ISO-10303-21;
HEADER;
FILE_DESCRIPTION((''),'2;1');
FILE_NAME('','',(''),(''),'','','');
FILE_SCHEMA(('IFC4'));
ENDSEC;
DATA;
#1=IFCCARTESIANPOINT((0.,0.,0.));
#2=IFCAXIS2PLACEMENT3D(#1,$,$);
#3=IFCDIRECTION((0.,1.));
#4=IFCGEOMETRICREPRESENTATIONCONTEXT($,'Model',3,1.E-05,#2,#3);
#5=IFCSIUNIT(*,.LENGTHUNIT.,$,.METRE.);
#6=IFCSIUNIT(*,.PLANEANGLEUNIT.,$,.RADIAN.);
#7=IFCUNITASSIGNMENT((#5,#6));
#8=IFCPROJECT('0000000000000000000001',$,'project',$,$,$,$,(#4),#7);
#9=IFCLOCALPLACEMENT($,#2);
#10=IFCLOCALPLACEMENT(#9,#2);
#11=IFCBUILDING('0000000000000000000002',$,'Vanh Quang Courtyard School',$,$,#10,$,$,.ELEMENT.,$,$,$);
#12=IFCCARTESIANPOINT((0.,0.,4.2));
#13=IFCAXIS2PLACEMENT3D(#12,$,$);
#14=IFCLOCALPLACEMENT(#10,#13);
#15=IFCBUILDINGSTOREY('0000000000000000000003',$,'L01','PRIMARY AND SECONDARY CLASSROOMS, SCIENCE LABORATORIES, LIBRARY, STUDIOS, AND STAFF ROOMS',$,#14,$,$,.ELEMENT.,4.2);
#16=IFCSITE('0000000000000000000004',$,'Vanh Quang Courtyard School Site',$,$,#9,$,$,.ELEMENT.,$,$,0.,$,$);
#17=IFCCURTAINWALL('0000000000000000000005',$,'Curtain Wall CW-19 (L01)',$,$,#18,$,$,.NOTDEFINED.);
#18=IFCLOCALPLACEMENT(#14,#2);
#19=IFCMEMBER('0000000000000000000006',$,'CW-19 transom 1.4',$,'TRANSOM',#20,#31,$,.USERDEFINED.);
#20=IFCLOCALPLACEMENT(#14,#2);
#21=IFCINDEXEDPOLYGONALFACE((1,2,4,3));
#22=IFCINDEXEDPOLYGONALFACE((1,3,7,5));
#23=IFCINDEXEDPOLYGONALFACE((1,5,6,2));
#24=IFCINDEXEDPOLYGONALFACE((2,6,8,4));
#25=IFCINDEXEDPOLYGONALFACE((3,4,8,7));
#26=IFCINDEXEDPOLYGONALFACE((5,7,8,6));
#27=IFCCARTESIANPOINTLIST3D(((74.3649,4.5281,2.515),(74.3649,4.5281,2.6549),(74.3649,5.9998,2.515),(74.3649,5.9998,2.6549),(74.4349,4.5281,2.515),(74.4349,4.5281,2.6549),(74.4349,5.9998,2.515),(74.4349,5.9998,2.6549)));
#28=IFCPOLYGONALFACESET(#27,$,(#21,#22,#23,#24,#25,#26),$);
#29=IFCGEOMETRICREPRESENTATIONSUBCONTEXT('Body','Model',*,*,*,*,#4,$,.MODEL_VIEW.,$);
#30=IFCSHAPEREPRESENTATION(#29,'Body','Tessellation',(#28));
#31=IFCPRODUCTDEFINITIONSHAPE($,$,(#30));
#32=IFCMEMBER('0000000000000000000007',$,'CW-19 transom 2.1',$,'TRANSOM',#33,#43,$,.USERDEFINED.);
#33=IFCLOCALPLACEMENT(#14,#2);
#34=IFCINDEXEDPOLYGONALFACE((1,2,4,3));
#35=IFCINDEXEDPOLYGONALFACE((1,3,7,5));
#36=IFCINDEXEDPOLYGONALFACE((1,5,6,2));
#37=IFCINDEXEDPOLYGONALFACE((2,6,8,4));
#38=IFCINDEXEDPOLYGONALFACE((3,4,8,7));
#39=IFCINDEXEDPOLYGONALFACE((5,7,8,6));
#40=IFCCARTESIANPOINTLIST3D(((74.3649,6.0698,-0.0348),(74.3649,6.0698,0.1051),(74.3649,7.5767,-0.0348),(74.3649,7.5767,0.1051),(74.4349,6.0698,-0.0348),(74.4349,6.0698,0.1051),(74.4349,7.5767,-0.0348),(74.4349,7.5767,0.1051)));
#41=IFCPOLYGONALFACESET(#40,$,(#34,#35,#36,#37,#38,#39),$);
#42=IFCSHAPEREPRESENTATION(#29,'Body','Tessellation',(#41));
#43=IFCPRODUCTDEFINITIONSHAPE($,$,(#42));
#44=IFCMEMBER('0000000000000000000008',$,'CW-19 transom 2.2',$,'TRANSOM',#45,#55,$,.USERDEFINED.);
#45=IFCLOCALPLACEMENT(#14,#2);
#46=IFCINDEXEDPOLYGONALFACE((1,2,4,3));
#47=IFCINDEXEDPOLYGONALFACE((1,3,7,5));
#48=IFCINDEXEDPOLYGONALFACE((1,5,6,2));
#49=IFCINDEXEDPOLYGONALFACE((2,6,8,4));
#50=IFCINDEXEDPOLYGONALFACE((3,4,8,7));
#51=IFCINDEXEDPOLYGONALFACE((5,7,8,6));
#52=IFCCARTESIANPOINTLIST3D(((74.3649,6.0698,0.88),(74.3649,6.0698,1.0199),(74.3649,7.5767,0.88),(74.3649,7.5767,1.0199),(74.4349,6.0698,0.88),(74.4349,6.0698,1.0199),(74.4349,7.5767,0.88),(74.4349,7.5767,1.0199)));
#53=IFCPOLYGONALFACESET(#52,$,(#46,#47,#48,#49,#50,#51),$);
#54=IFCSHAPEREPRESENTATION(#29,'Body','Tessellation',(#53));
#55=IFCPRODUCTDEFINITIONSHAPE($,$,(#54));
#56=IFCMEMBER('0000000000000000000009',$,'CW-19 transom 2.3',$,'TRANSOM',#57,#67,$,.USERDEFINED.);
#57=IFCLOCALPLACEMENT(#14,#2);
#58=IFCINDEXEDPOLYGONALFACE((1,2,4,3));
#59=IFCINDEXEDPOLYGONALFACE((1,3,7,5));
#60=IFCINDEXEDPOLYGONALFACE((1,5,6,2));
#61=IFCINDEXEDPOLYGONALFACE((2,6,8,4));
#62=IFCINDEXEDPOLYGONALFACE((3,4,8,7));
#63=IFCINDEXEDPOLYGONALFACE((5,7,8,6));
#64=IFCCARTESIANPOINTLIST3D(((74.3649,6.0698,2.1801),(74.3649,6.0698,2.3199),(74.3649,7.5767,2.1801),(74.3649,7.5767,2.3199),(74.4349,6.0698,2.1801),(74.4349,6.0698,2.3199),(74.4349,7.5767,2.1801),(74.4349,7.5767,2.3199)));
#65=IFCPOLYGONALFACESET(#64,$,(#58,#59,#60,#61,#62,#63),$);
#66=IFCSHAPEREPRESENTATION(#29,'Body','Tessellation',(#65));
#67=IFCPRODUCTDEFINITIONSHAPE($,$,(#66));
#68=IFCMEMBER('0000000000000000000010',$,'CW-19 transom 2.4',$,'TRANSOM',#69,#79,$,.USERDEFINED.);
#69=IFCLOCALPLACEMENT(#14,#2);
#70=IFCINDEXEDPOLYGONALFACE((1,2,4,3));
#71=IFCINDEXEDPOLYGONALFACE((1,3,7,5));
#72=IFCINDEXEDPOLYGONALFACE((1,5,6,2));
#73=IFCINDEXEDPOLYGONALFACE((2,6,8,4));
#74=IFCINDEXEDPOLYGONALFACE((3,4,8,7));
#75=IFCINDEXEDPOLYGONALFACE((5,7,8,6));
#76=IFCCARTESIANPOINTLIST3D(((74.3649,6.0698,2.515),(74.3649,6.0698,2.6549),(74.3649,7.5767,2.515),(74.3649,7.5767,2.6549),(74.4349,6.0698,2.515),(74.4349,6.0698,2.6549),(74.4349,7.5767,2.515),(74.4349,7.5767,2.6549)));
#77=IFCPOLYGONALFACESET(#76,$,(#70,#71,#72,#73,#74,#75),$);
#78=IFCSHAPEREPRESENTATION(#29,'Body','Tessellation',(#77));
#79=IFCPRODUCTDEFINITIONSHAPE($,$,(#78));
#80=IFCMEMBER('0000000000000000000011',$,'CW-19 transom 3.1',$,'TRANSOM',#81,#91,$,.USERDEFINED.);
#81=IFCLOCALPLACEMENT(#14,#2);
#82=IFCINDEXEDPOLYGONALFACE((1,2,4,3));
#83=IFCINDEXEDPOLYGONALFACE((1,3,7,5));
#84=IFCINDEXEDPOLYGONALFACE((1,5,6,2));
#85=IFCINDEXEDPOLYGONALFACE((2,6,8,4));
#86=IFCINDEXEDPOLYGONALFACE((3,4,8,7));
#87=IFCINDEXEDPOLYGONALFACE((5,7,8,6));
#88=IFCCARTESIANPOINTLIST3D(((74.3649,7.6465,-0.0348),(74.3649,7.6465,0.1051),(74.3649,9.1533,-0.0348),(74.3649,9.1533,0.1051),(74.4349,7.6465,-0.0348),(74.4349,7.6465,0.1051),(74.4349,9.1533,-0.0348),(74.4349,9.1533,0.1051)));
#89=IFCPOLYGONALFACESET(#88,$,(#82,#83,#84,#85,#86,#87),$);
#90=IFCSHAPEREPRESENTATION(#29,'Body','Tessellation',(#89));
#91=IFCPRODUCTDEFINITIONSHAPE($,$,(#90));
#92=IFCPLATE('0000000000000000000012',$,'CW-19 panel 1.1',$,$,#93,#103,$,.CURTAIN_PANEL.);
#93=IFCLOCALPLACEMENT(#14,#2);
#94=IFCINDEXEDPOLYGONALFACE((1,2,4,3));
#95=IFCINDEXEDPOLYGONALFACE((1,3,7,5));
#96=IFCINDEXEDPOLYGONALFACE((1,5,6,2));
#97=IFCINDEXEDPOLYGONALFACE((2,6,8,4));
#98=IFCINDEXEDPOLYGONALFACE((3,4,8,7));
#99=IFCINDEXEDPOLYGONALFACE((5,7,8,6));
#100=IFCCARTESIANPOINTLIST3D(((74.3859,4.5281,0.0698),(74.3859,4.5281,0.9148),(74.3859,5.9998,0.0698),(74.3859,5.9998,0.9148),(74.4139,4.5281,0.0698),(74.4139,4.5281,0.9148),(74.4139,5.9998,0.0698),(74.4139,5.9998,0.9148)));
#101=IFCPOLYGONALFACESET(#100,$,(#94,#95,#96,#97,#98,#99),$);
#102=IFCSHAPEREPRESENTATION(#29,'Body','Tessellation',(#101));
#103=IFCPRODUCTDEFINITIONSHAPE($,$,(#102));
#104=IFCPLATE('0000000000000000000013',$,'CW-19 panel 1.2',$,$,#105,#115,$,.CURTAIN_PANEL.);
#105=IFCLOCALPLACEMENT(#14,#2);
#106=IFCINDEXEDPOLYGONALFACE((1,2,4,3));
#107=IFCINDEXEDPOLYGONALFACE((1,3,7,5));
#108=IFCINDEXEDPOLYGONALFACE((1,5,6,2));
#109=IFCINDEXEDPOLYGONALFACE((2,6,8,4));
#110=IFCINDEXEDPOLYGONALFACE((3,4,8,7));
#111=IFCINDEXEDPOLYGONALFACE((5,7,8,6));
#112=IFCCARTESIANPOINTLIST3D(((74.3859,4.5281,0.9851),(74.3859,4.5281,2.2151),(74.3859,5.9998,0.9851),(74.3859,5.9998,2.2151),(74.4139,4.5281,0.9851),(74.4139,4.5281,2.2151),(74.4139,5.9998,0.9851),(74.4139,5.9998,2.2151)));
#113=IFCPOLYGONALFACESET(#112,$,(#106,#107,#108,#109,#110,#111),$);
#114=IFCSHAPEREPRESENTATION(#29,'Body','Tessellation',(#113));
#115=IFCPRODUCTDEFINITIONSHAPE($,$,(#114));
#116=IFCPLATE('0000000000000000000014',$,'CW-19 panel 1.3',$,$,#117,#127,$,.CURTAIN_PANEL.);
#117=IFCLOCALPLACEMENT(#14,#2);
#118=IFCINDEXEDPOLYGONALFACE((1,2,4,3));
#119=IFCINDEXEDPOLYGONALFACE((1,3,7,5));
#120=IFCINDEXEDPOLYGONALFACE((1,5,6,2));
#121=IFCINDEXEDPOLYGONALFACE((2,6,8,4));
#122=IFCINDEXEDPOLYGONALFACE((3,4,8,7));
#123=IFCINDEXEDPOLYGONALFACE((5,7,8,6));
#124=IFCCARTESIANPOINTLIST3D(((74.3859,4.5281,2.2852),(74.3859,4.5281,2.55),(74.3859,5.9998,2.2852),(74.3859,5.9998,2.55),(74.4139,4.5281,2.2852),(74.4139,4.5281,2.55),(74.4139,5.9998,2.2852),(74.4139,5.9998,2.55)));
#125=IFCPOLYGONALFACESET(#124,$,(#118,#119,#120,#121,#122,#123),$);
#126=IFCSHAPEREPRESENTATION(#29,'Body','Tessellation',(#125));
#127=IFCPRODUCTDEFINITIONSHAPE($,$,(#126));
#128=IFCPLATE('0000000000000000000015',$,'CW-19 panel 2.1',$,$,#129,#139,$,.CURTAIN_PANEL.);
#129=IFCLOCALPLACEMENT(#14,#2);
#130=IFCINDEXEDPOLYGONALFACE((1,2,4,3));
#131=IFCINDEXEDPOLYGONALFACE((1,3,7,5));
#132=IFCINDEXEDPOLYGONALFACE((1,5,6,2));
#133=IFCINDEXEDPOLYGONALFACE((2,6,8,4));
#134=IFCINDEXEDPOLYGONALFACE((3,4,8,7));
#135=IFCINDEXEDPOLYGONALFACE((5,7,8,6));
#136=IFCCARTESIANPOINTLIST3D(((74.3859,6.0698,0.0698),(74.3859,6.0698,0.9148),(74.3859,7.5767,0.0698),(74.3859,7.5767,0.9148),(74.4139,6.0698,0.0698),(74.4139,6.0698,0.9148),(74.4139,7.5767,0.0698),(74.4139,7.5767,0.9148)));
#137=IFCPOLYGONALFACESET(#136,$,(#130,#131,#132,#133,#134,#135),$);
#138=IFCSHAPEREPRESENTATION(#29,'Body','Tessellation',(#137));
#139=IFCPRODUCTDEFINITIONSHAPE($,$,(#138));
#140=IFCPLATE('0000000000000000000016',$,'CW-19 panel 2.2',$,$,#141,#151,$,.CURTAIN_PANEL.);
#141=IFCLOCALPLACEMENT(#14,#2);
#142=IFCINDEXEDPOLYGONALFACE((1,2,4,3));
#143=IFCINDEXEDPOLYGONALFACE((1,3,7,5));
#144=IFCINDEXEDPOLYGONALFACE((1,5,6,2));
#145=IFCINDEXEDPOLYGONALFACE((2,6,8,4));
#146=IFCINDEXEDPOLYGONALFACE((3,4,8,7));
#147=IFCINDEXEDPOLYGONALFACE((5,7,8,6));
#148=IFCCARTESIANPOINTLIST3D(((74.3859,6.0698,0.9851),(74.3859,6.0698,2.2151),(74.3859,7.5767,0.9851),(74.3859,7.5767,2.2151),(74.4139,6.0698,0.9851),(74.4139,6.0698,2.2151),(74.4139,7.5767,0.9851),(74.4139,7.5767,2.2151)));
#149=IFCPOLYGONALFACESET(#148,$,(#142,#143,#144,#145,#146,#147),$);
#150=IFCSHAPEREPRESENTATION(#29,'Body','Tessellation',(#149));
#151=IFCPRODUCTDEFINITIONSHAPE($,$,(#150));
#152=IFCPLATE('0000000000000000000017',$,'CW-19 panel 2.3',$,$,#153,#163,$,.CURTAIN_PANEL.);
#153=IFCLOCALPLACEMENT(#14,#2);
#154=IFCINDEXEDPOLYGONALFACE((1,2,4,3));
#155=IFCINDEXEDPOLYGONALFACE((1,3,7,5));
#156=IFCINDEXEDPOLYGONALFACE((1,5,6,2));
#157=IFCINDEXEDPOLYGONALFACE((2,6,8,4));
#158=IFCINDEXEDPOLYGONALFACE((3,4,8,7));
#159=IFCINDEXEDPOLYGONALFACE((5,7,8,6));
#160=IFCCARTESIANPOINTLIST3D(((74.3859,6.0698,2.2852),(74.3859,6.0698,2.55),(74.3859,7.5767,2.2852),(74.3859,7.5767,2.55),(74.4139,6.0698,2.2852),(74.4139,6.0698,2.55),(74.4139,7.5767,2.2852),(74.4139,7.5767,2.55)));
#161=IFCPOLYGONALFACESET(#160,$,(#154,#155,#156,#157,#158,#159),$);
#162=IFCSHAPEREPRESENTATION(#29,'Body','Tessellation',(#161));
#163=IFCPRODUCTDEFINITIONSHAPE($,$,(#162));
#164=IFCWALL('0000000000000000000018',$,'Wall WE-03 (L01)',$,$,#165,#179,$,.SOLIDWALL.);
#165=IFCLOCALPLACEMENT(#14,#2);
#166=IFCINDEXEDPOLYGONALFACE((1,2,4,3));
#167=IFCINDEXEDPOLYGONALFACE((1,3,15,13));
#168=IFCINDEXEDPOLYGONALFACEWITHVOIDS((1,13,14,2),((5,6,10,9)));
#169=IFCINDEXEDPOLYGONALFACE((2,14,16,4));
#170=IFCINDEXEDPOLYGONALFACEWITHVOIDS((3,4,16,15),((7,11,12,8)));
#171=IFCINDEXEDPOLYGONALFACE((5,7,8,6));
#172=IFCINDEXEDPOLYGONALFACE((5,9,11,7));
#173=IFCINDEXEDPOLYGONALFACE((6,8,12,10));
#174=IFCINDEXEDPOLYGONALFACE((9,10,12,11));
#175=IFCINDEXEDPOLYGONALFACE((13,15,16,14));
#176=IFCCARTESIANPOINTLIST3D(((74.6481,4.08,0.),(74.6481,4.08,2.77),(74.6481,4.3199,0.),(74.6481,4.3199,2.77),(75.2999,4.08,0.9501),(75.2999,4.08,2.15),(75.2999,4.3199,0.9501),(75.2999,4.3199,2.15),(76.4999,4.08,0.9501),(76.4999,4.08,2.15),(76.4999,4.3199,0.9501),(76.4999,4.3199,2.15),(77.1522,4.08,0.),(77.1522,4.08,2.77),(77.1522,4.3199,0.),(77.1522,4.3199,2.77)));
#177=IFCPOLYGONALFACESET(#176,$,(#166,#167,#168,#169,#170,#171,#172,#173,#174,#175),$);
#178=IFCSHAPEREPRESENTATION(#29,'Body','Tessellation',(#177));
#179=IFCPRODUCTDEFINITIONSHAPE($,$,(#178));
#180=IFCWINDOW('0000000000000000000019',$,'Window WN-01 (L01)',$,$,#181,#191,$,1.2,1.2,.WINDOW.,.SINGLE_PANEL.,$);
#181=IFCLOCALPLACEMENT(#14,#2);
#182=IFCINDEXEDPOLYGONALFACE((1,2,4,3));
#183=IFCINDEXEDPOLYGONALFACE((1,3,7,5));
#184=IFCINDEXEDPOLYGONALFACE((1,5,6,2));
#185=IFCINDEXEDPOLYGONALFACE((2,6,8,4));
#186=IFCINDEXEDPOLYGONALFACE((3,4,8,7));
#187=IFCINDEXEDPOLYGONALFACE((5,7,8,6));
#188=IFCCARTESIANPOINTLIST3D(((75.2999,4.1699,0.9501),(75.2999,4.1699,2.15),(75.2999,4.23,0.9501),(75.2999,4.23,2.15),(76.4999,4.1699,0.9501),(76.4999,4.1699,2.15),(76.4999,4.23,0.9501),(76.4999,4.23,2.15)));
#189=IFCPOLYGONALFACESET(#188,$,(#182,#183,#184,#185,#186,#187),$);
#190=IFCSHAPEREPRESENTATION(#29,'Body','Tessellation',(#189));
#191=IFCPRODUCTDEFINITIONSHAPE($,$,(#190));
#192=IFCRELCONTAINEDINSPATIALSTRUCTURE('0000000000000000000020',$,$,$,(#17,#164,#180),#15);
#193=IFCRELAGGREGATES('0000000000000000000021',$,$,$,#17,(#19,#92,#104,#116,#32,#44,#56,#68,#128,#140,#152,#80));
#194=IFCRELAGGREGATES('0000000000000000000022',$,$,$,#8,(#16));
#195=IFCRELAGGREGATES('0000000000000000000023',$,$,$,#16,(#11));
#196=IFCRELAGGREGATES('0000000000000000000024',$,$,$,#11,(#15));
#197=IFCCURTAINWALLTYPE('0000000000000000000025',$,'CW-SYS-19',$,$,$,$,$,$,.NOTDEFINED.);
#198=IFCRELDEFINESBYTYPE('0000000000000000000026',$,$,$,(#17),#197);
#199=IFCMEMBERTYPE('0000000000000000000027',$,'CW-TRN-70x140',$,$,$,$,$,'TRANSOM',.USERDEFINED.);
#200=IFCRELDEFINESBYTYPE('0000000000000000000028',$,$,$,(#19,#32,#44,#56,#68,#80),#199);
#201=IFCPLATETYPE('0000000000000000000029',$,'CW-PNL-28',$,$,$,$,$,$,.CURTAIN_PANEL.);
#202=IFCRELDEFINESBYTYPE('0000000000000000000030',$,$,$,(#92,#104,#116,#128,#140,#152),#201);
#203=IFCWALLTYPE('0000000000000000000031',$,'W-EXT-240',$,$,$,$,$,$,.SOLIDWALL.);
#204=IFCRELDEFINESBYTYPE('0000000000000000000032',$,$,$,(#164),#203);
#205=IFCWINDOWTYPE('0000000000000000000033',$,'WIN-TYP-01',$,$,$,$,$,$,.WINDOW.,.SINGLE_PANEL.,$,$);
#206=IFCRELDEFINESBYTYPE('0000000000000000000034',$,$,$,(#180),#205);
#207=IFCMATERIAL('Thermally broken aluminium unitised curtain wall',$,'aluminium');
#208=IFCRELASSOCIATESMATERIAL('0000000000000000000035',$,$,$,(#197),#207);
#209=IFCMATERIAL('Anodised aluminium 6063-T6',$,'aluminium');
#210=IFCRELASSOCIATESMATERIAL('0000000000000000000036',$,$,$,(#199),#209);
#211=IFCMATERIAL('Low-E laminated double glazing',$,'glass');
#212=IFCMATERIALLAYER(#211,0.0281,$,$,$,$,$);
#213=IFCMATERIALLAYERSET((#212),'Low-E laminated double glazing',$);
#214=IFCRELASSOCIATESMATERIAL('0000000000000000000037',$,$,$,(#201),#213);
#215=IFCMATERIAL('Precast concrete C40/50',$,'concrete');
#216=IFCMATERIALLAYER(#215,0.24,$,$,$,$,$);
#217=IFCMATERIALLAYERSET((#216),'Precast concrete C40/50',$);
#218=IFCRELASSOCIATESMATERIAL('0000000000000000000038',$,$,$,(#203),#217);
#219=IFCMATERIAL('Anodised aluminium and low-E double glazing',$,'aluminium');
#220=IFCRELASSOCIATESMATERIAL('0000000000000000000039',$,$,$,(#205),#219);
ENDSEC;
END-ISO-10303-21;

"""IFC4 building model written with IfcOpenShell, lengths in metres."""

from ifc_helpers import new_model, si_unit, direction, frame, frame_2d, origin, origin_2d, place, context, subcontext, project, spatial, rectangle, extrude, material, layer, layer_set, material_profile, profile_set, type_object, element, fill, aggregate, save


model = new_model("IFC4")

# Units and contexts
model_context = context("Model", 3, precision=1e-05, world=origin(), true_north=direction((0.0, 1.0)))
body_context = subcontext(model_context, "Body", "Model", "MODEL_VIEW")
ifc_project = project(units=[si_unit("LENGTHUNIT", "METRE"), si_unit("PLANEANGLEUNIT", "RADIAN")], contexts=[model_context])

# Site, building, storey
site_placement = place(None, origin())
site = spatial("IfcSite", under=ifc_project, at=site_placement, Name="Vanh Quang Courtyard School Site", CompositionType="ELEMENT", RefElevation=0.0)
building_placement = place(site_placement, origin())
building = spatial("IfcBuilding", under=site, at=building_placement, Name="Vanh Quang Courtyard School", CompositionType="ELEMENT")
storey_placement = place(building_placement, frame((0.0, 0.0, 4.2)))
storey = spatial("IfcBuildingStorey", under=building, at=storey_placement, Name="L01", Description="PRIMARY AND SECONDARY CLASSROOMS, SCIENCE LABORATORIES, LIBRARY, STUDIOS, AND STAFF ROOMS", CompositionType="ELEMENT", Elevation=4.2)

# Curtain wall, members, plates
ifc_material_1 = material(Name="Thermally broken aluminium unitised curtain wall", Category="aluminium")
curtain_wall_type = type_object("IfcCurtainWallType", Name="CW-SYS-19", PredefinedType="NOTDEFINED", material=ifc_material_1)
curtain_wall_placement = place(storey_placement, origin())
curtain_wall = element("IfcCurtainWall", 1, at=curtain_wall_placement, inside=storey, type_object=curtain_wall_type, Name="Curtain Wall CW-19 (L01)", PredefinedType="NOTDEFINED")
ifc_material_2 = material(Name="Anodised aluminium 6063-T6", Category="aluminium")
ifc_material_profile_1 = material_profile(ifc_material_2, rectangle(XDim=0.0701, YDim=0.1399, at=origin_2d()), Name="ALU-TRN 70x140")
ifc_profile_set_1 = profile_set([ifc_material_profile_1], Name="Anodised aluminium 6063-T6")
member_type_1 = type_object("IfcMemberType", Name="CW-TRN-70x140", ElementType="TRANSOM", PredefinedType="USERDEFINED", material=ifc_profile_set_1)
member_1_placement = place(storey_placement, frame((74.3999, 4.5281, 2.585), z_axis=(0.0, 1.0, 0.0), x_axis=(-1.0, 0.0, 0.0)))
member_1 = element("IfcMember", 2, at=member_1_placement, type_object=member_type_1, Name="CW-19 transom 1.4", ObjectType="TRANSOM", PredefinedType="USERDEFINED", context=body_context, shape_type="SweptSolid", body=[
    extrude(rectangle(XDim=0.0701, YDim=0.1399, at=origin_2d()), origin(), (0.0, 0.0, 1.0), 1.4717),
])
member_2_placement = place(storey_placement, frame((74.3999, 6.0698, 0.0352), z_axis=(0.0, 1.0, 0.0), x_axis=(-1.0, 0.0, 0.0)))
member_2 = element("IfcMember", 3, at=member_2_placement, type_object=member_type_1, Name="CW-19 transom 2.1", ObjectType="TRANSOM", PredefinedType="USERDEFINED", context=body_context, shape_type="SweptSolid", body=[
    extrude(rectangle(XDim=0.0701, YDim=0.1399, at=origin_2d()), origin(), (0.0, 0.0, 1.0), 1.5068),
])
member_3_placement = place(storey_placement, frame((74.3999, 6.0698, 0.95), z_axis=(0.0, 1.0, 0.0), x_axis=(-1.0, 0.0, 0.0)))
member_3 = element("IfcMember", 4, at=member_3_placement, type_object=member_type_1, Name="CW-19 transom 2.2", ObjectType="TRANSOM", PredefinedType="USERDEFINED", context=body_context, shape_type="SweptSolid", body=[
    extrude(rectangle(XDim=0.0701, YDim=0.1399, at=origin_2d()), origin(), (0.0, 0.0, 1.0), 1.5068),
])
member_4_placement = place(storey_placement, frame((74.3999, 6.0698, 2.25), z_axis=(0.0, 1.0, 0.0), x_axis=(-1.0, 0.0, 0.0)))
member_4 = element("IfcMember", 5, at=member_4_placement, type_object=member_type_1, Name="CW-19 transom 2.3", ObjectType="TRANSOM", PredefinedType="USERDEFINED", context=body_context, shape_type="SweptSolid", body=[
    extrude(rectangle(XDim=0.0701, YDim=0.1399, at=origin_2d()), origin(), (0.0, 0.0, 1.0), 1.5068),
])
member_5_placement = place(storey_placement, frame((74.3999, 6.0698, 2.585), z_axis=(0.0, 1.0, 0.0), x_axis=(-1.0, 0.0, 0.0)))
member_5 = element("IfcMember", 6, at=member_5_placement, type_object=member_type_1, Name="CW-19 transom 2.4", ObjectType="TRANSOM", PredefinedType="USERDEFINED", context=body_context, shape_type="SweptSolid", body=[
    extrude(rectangle(XDim=0.0701, YDim=0.1399, at=origin_2d()), origin(), (0.0, 0.0, 1.0), 1.5068),
])
member_6_placement = place(storey_placement, frame((74.3999, 7.6465, 0.0352), z_axis=(0.0, 1.0, 0.0), x_axis=(-1.0, 0.0, 0.0)))
member_6 = element("IfcMember", 7, at=member_6_placement, type_object=member_type_1, Name="CW-19 transom 3.1", ObjectType="TRANSOM", PredefinedType="USERDEFINED", context=body_context, shape_type="SweptSolid", body=[
    extrude(rectangle(XDim=0.0701, YDim=0.1399, at=origin_2d()), origin(), (0.0, 0.0, 1.0), 1.5068),
])
ifc_material_3 = material(Name="Low-E laminated double glazing", Category="glass")
ifc_layer_1 = layer(ifc_material_3, 0.0281)
ifc_layer_set_1 = layer_set([ifc_layer_1], Name="Low-E laminated double glazing")
plate_type = type_object("IfcPlateType", Name="CW-PNL-28", PredefinedType="CURTAIN_PANEL", material=ifc_layer_set_1)
plate_1_placement = place(storey_placement, frame((74.3999, 5.2639, 0.0698), z_axis=(0.0, 0.0, 1.0), x_axis=(0.0, 1.0, 0.0)))
plate_1 = element("IfcPlate", 8, at=plate_1_placement, type_object=plate_type, Name="CW-19 panel 1.1", PredefinedType="CURTAIN_PANEL", context=body_context, shape_type="SweptSolid", body=[
    extrude(rectangle(XDim=1.4717, YDim=0.0281, at=origin_2d()), origin(), (0.0, 0.0, 1.0), 0.845),
])
plate_2_placement = place(storey_placement, frame((74.3999, 5.2639, 0.9851), z_axis=(0.0, 0.0, 1.0), x_axis=(0.0, 1.0, 0.0)))
plate_2 = element("IfcPlate", 9, at=plate_2_placement, type_object=plate_type, Name="CW-19 panel 1.2", PredefinedType="CURTAIN_PANEL", context=body_context, shape_type="SweptSolid", body=[
    extrude(rectangle(XDim=1.4717, YDim=0.0281, at=origin_2d()), origin(), (0.0, 0.0, 1.0), 1.23),
])
plate_3_placement = place(storey_placement, frame((74.3999, 5.2639, 2.2852), z_axis=(0.0, 0.0, 1.0), x_axis=(0.0, 1.0, 0.0)))
plate_3 = element("IfcPlate", 10, at=plate_3_placement, type_object=plate_type, Name="CW-19 panel 1.3", PredefinedType="CURTAIN_PANEL", context=body_context, shape_type="SweptSolid", body=[
    extrude(rectangle(XDim=1.4717, YDim=0.0281, at=origin_2d()), origin(), (0.0, 0.0, 1.0), 0.2649),
])
plate_4_placement = place(storey_placement, frame((74.3999, 6.8232, 0.0698), z_axis=(0.0, 0.0, 1.0), x_axis=(0.0, 1.0, 0.0)))
plate_4 = element("IfcPlate", 11, at=plate_4_placement, type_object=plate_type, Name="CW-19 panel 2.1", PredefinedType="CURTAIN_PANEL", context=body_context, shape_type="SweptSolid", body=[
    extrude(rectangle(XDim=1.5068, YDim=0.0281, at=origin_2d()), origin(), (0.0, 0.0, 1.0), 0.845),
])
plate_5_placement = place(storey_placement, frame((74.3999, 6.8232, 0.9851), z_axis=(0.0, 0.0, 1.0), x_axis=(0.0, 1.0, 0.0)))
plate_5 = element("IfcPlate", 12, at=plate_5_placement, type_object=plate_type, Name="CW-19 panel 2.2", PredefinedType="CURTAIN_PANEL", context=body_context, shape_type="SweptSolid", body=[
    extrude(rectangle(XDim=1.5068, YDim=0.0281, at=origin_2d()), origin(), (0.0, 0.0, 1.0), 1.23),
])
plate_6_placement = place(storey_placement, frame((74.3999, 6.8232, 2.2852), z_axis=(0.0, 0.0, 1.0), x_axis=(0.0, 1.0, 0.0)))
plate_6 = element("IfcPlate", 13, at=plate_6_placement, type_object=plate_type, Name="CW-19 panel 2.3", PredefinedType="CURTAIN_PANEL", context=body_context, shape_type="SweptSolid", body=[
    extrude(rectangle(XDim=1.5068, YDim=0.0281, at=origin_2d()), origin(), (0.0, 0.0, 1.0), 0.2649),
])
aggregate(curtain_wall, [member_1, plate_1, plate_2, plate_3, member_2, member_3, member_4, member_5, plate_4, plate_5, plate_6, member_6])

# Wall, opening, window
ifc_material_4 = material(Name="Precast concrete C40/50", Category="concrete")
ifc_layer_2 = layer(ifc_material_4, 0.24)
ifc_layer_set_2 = layer_set([ifc_layer_2], Name="Precast concrete C40/50")
wall_type = type_object("IfcWallType", Name="W-EXT-240", PredefinedType="SOLIDWALL", material=ifc_layer_set_2)
wall_placement = place(storey_placement, frame((77.1521, 4.2, 0.0), z_axis=(0.0, 0.0, 1.0), x_axis=(-1.0, 0.0, 0.0)))
wall = element("IfcWall", 14, at=wall_placement, inside=storey, type_object=wall_type, Name="Wall WE-03 (L01)", PredefinedType="SOLIDWALL", context=body_context, shape_type="SweptSolid", body=[
    extrude(rectangle(XDim=2.5042, YDim=0.24, at=frame_2d((1.252, 0.0))), origin(), (0.0, 0.0, 1.0), 2.77),
])
opening_placement = place(wall_placement, frame((0.6521, 0.0, 0.95)))
opening = element("IfcOpeningElement", 15, at=opening_placement, cuts=wall, PredefinedType="OPENING", context=body_context, shape_type="SweptSolid", body=[
    extrude(rectangle(XDim=1.2, YDim=1.2, at=frame_2d((0.6001, 0.6001))), frame((0.0, 0.1299, 0.0), z_axis=(0.0, -1.0, 0.0), x_axis=(1.0, 0.0, 0.0)), (0.0, 0.0, 1.0), 0.26),
])
ifc_material_5 = material(Name="Anodised aluminium and low-E double glazing", Category="aluminium")
window_type = type_object("IfcWindowType", Name="WIN-TYP-01", PartitioningType="SINGLE_PANEL", PredefinedType="WINDOW", material=ifc_material_5)
window_placement = place(opening_placement, origin())
window = element("IfcWindow", 16, at=window_placement, inside=storey, type_object=window_type, Name="Window WN-01 (L01)", OverallHeight=1.2, OverallWidth=1.2, PartitioningType="SINGLE_PANEL", PredefinedType="WINDOW", context=body_context, shape_type="SweptSolid", body=[
    extrude(rectangle(XDim=1.2, YDim=1.2, at=frame_2d((0.6001, 0.6001))), frame((0.0, 0.03, 0.0), z_axis=(0.0, -1.0, 0.0), x_axis=(1.0, 0.0, 0.0)), (0.0, 0.0, 1.0), 0.0601),
])
fill(opening, window)

save(model, "model.ifc")
